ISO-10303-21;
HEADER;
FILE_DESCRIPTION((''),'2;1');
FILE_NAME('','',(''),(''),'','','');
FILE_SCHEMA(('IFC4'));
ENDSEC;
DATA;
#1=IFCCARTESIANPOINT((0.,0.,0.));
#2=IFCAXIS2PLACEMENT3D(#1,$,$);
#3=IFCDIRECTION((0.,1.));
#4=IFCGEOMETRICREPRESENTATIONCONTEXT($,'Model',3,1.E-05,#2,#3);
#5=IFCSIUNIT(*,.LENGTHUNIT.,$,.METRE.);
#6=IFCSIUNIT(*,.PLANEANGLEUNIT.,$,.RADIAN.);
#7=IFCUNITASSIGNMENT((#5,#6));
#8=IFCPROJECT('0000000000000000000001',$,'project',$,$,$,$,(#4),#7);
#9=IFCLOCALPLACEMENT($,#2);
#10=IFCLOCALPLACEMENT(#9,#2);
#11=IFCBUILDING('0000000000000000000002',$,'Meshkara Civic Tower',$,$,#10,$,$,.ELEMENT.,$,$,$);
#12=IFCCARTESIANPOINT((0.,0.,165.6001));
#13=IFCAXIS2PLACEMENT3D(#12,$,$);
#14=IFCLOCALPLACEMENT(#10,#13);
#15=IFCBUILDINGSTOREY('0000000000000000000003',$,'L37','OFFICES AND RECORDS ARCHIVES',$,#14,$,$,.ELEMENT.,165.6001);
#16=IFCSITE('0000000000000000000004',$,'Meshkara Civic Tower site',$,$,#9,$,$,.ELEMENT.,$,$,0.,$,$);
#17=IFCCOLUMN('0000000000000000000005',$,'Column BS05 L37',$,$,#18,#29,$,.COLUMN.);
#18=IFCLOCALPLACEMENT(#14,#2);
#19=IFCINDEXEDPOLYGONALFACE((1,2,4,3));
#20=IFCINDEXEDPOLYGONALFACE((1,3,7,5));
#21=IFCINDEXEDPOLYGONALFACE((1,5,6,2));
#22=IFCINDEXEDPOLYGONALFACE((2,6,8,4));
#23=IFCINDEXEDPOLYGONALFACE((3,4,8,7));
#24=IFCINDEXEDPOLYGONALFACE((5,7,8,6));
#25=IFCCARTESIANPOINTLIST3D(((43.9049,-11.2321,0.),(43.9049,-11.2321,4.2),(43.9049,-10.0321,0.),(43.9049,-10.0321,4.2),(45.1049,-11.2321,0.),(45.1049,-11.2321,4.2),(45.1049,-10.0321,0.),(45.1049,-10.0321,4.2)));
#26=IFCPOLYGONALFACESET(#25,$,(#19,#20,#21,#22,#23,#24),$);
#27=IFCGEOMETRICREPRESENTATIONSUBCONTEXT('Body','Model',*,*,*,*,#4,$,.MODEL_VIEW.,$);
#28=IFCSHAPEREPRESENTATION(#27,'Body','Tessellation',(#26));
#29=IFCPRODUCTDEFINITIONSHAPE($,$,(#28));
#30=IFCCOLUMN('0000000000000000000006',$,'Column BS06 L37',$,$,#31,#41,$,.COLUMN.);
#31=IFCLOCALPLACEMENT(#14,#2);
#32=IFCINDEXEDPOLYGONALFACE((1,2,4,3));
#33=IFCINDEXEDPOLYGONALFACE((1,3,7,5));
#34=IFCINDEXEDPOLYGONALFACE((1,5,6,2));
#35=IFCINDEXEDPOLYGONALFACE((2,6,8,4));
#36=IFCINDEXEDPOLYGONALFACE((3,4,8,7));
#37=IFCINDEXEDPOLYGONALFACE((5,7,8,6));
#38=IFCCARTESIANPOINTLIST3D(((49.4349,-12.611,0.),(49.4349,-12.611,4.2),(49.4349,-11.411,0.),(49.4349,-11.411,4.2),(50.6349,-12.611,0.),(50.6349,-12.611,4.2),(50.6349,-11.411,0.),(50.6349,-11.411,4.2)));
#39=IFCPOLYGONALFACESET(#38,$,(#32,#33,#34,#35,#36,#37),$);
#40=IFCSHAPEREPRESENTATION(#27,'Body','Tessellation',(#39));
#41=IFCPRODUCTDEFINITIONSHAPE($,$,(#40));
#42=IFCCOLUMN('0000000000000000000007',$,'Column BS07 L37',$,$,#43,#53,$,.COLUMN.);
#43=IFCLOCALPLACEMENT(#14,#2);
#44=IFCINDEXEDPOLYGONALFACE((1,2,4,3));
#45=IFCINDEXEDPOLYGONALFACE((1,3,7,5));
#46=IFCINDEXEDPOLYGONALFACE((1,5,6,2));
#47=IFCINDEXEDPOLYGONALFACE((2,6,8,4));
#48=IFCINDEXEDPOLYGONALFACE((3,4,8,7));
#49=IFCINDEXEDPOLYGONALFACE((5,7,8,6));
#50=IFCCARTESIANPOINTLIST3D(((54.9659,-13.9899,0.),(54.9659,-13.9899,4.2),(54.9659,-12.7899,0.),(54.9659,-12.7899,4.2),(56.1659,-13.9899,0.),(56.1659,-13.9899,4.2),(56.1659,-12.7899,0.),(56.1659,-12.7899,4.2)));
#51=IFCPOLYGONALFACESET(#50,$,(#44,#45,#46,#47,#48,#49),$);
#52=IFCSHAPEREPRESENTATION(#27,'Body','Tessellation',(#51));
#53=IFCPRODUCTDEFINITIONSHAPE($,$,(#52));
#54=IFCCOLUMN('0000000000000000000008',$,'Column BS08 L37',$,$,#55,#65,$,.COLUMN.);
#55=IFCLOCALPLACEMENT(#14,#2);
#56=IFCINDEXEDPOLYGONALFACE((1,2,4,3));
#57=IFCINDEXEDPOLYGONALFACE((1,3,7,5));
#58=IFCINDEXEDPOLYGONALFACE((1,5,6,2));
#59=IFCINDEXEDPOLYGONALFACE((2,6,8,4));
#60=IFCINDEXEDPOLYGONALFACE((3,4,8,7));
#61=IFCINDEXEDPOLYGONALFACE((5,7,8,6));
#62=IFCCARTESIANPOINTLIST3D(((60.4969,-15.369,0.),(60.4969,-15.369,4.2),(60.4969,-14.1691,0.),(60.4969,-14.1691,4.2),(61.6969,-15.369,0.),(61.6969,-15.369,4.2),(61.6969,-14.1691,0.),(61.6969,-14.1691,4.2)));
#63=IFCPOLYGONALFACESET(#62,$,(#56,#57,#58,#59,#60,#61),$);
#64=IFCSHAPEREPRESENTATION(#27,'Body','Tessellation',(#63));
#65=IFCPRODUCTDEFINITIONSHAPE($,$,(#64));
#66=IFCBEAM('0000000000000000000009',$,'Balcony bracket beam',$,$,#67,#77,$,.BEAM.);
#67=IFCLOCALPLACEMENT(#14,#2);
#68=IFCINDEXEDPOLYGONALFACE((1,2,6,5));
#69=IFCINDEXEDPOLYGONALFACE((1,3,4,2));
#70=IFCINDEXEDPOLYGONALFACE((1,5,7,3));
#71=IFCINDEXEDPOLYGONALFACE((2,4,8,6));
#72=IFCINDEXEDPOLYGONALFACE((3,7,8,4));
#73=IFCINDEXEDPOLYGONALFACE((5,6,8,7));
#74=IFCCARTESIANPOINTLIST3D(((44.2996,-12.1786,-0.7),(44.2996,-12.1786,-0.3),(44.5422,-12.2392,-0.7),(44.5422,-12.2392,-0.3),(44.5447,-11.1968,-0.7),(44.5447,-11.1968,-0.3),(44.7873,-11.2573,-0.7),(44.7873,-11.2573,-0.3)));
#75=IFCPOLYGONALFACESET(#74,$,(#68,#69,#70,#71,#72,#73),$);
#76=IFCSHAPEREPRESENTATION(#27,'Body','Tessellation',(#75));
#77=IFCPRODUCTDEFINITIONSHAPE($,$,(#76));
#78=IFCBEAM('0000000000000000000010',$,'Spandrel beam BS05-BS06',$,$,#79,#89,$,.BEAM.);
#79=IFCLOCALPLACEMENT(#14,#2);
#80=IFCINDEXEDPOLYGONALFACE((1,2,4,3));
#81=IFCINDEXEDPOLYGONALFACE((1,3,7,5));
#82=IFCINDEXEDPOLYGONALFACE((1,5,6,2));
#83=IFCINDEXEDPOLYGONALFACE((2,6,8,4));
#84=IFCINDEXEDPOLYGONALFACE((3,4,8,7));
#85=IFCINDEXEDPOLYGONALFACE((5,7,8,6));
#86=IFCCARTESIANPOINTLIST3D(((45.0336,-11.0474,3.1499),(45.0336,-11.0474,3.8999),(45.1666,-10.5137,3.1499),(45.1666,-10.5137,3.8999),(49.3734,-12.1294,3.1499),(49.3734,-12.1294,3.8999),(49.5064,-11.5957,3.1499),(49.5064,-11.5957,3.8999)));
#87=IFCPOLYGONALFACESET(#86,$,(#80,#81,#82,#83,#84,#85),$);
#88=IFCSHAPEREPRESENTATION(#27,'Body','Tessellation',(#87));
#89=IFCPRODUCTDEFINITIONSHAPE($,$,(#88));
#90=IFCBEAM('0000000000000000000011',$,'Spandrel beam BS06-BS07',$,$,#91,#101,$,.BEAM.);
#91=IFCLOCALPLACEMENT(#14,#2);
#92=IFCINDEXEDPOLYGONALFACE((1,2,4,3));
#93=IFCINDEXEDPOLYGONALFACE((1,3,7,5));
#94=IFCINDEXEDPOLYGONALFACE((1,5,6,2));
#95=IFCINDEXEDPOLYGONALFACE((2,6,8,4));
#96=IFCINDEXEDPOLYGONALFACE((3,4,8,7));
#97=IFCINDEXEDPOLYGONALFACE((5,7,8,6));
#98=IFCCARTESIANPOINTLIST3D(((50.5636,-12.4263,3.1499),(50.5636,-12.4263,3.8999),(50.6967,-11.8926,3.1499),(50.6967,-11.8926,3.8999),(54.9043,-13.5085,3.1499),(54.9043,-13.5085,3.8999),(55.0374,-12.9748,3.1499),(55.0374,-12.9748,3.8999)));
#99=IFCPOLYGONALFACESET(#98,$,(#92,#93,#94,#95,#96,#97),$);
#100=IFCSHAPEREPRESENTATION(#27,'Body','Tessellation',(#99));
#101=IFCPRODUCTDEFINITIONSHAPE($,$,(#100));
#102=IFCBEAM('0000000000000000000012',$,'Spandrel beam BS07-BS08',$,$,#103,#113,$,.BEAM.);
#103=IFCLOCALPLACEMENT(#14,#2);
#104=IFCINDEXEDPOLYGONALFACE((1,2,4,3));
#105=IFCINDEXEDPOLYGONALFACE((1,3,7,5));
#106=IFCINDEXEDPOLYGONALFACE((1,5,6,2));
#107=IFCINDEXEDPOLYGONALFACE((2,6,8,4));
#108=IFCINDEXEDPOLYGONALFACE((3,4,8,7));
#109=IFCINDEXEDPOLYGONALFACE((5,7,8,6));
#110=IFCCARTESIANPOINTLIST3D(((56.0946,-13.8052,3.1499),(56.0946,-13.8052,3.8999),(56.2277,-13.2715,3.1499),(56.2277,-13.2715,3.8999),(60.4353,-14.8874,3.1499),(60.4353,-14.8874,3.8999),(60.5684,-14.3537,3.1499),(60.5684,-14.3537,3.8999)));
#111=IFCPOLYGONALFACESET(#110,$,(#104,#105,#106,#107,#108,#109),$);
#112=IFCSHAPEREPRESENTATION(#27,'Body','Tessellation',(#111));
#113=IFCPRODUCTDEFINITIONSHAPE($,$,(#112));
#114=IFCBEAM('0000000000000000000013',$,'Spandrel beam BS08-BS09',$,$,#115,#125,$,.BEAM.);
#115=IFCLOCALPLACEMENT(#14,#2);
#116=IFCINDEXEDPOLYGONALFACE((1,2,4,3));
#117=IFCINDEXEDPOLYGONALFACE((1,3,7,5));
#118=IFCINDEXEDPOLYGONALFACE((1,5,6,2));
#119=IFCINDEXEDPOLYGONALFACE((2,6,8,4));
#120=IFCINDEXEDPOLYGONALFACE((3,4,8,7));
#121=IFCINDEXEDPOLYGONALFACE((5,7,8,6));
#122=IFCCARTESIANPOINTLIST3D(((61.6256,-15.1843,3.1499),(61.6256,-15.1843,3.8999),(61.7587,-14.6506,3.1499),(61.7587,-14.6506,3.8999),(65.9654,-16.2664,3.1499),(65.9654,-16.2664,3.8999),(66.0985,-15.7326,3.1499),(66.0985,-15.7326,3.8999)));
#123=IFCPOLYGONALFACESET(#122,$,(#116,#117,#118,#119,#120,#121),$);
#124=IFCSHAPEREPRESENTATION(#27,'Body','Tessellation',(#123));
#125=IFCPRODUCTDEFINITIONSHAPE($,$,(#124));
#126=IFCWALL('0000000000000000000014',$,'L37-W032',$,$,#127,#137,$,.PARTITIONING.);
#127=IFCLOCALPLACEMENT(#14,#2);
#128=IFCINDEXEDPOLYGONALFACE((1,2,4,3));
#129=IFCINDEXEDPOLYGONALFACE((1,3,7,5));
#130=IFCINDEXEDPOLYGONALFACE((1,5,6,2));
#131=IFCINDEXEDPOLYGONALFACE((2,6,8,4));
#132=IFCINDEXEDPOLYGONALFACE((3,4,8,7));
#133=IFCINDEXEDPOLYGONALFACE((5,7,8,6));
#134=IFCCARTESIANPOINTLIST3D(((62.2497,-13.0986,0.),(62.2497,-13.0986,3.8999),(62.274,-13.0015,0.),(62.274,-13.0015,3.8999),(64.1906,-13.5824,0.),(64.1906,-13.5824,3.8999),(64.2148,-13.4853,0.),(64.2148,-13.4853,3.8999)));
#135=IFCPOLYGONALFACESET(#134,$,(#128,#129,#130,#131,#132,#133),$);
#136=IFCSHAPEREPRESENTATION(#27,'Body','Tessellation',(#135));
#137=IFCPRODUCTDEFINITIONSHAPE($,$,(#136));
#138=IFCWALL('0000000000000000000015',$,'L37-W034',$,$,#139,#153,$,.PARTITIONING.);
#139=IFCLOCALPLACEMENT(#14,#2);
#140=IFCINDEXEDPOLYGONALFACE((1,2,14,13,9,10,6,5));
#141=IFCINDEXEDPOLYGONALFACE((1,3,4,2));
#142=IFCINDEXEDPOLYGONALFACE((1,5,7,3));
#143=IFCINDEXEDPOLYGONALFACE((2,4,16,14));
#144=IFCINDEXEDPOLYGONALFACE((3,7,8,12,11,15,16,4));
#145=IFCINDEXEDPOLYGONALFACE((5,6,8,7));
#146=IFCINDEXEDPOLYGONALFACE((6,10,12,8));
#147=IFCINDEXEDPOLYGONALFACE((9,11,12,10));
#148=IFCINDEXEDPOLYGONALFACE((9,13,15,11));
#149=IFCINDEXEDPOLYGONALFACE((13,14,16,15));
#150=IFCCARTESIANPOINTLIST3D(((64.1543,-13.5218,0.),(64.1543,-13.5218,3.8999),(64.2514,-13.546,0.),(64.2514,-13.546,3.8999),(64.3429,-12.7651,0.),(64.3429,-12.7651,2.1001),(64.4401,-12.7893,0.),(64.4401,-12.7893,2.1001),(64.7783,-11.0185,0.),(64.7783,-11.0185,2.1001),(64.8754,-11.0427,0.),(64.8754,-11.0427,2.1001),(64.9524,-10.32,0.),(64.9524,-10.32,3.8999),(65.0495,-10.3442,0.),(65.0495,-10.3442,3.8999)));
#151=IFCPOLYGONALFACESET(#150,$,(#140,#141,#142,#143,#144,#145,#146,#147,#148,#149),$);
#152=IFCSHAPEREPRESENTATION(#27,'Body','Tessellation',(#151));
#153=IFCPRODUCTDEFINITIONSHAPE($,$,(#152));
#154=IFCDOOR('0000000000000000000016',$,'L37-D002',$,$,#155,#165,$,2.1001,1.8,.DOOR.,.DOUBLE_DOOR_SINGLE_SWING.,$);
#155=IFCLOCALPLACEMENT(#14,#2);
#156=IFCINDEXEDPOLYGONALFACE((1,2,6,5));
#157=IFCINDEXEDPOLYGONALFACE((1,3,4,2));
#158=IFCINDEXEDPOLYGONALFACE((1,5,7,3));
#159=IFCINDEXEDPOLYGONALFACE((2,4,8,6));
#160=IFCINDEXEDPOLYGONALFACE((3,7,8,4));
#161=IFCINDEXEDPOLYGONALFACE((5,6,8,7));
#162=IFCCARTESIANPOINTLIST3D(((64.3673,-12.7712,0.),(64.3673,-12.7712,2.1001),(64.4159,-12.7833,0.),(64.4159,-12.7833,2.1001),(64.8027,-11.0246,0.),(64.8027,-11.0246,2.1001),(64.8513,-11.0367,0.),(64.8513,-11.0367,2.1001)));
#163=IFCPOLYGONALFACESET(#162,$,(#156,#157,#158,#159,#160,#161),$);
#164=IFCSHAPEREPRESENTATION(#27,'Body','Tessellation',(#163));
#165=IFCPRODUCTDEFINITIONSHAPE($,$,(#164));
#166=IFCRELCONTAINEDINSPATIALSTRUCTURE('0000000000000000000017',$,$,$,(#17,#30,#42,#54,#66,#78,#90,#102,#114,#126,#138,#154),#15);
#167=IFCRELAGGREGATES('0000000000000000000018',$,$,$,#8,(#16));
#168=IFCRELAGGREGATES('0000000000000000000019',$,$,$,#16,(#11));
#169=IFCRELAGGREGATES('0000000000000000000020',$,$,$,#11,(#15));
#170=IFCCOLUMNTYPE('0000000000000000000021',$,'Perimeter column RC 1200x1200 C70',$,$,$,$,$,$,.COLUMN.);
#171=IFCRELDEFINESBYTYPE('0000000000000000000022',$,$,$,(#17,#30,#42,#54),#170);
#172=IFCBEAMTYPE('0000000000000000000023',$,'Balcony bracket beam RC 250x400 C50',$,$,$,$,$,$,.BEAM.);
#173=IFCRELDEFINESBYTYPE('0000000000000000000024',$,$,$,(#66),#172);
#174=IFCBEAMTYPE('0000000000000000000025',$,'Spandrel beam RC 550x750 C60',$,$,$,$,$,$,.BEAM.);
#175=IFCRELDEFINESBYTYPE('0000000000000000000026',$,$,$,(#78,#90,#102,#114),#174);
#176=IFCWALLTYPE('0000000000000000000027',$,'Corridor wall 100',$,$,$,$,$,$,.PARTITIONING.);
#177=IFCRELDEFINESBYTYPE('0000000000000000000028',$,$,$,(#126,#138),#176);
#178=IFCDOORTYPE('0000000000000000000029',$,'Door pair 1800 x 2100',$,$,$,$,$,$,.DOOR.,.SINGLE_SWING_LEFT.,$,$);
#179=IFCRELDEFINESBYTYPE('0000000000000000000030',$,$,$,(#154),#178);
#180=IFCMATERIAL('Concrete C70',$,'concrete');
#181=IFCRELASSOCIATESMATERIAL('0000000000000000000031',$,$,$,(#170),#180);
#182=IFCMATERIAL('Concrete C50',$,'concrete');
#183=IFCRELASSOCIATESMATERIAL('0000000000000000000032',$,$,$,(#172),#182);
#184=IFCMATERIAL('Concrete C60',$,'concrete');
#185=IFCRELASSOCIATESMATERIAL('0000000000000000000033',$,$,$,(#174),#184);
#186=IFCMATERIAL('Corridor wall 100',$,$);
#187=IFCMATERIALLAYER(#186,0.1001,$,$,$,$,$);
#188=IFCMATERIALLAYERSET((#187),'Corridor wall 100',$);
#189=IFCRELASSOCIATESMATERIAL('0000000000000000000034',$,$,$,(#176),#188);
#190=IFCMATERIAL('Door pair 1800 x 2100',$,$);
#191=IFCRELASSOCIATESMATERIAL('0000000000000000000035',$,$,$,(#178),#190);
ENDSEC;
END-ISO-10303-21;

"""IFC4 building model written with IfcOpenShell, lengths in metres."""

from ifc_helpers import new_model, si_unit, direction, frame, frame_2d, origin, origin_2d, place, context, subcontext, project, spatial, rectangle, extrude, material, layer, layer_set, material_profile, profile_set, type_object, element, fill, save


model = new_model("IFC4")

# Units and contexts
model_context = context("Model", 3, precision=1e-05, world=origin(), true_north=direction((0.0, 1.0)))
body_context = subcontext(model_context, "Body", "Model", "MODEL_VIEW")
ifc_project = project(units=[si_unit("LENGTHUNIT", "METRE"), si_unit("PLANEANGLEUNIT", "RADIAN")], contexts=[model_context])

# Site, building, storey
site_placement = place(None, origin())
site = spatial("IfcSite", under=ifc_project, at=site_placement, Name="Meshkara Civic Tower site", CompositionType="ELEMENT", RefElevation=0.0)
building_placement = place(site_placement, origin())
building = spatial("IfcBuilding", under=site, at=building_placement, Name="Meshkara Civic Tower", CompositionType="ELEMENT")
storey_placement = place(building_placement, frame((0.0, 0.0, 165.6001)))
storey = spatial("IfcBuildingStorey", under=building, at=storey_placement, Name="L37", Description="OFFICES AND RECORDS ARCHIVES", CompositionType="ELEMENT", Elevation=165.6001)

# Columns
ifc_material_1 = material(Name="Concrete C70", Category="concrete")
ifc_material_profile_1 = material_profile(ifc_material_1, rectangle(XDim=1.2, YDim=1.2, at=origin_2d()))
ifc_profile_set_1 = profile_set([ifc_material_profile_1], Name="Concrete C70")
column_type = type_object("IfcColumnType", Name="Perimeter column RC 1200x1200 C70", PredefinedType="COLUMN", material=ifc_profile_set_1)
for number, where, z_axis, x_axis, name in (
    (1, (44.5049, -10.6321, 0.0), (0.0, 0.0, 1.0), (1.0, 0.0, 0.0), "Column BS05 L37"),
    (2, (50.0349, -12.011, 0.0), (0.0, 0.0, 1.0), (1.0, 0.0, 0.0), "Column BS06 L37"),
    (3, (55.5659, -13.3899, 0.0), (0.0, 0.0, 1.0), (1.0, 0.0, 0.0), "Column BS07 L37"),
    (4, (61.0969, -14.769, 0.0), (0.0, 0.0, 1.0), (1.0, 0.0, 0.0), "Column BS08 L37"),
):
    element("IfcColumn", number, at=place(storey_placement, frame(where, z_axis=z_axis, x_axis=x_axis)), inside=storey, type_object=column_type, Name=name, PredefinedType="COLUMN", context=body_context, shape_type="SweptSolid", body=[
        extrude(rectangle(XDim=1.2, YDim=1.2, at=origin_2d()), origin(), (0.0, 0.0, 1.0), 4.2),
    ])

# Beams
ifc_material_2 = material(Name="Concrete C50", Category="concrete")
ifc_material_profile_2 = material_profile(ifc_material_2, rectangle(XDim=0.25, YDim=0.3999, at=origin_2d()))
ifc_profile_set_2 = profile_set([ifc_material_profile_2], Name="Concrete C50")
beam_type_1 = type_object("IfcBeamType", Name="Balcony bracket beam RC 250x400 C50", PredefinedType="BEAM", material=ifc_profile_set_2)
beam_1_placement = place(storey_placement, frame((44.666, -11.2271, -0.5), z_axis=(-0.242195, -0.970228, 0.0), x_axis=(0.970228, -0.242195, 0.0)))
element("IfcBeam", 5, at=beam_1_placement, inside=storey, type_object=beam_type_1, Name="Balcony bracket beam", PredefinedType="BEAM", context=body_context, shape_type="SweptSolid", body=[
    extrude(rectangle(XDim=0.25, YDim=0.3999, at=origin_2d()), origin(), (0.0, 0.0, 1.0), 1.012),
])
ifc_material_3 = material(Name="Concrete C60", Category="concrete")
ifc_material_profile_3 = material_profile(ifc_material_3, rectangle(XDim=0.55, YDim=0.75, at=origin_2d()))
ifc_profile_set_3 = profile_set([ifc_material_profile_3], Name="Concrete C60")
beam_type_2 = type_object("IfcBeamType", Name="Spandrel beam RC 550x750 C60", PredefinedType="BEAM", material=ifc_profile_set_3)
beam_2_placement = place(storey_placement, frame((45.1001, -10.7805, 3.5249), z_axis=(0.970296, -0.241919, 0.0), x_axis=(0.241919, 0.970296, 0.0)))
element("IfcBeam", 6, at=beam_2_placement, inside=storey, type_object=beam_type_2, Name="Spandrel beam BS05-BS06", PredefinedType="BEAM", context=body_context, shape_type="SweptSolid", body=[
    extrude(rectangle(XDim=0.55, YDim=0.75, at=origin_2d()), origin(), (0.0, 0.0, 1.0), 4.4727),
])
for number, where, z_axis, x_axis, name in (
    (7, (50.6301, -12.1594, 3.5249), (0.970296, -0.241919, 0.0), (0.241919, 0.970296, 0.0), "Spandrel beam BS06-BS07"),
    (8, (56.1611, -13.5383, 3.5249), (0.970296, -0.241919, 0.0), (0.241919, 0.970296, 0.0), "Spandrel beam BS07-BS08"),
):
    element("IfcBeam", number, at=place(storey_placement, frame(where, z_axis=z_axis, x_axis=x_axis)), inside=storey, type_object=beam_type_2, Name=name, PredefinedType="BEAM", context=body_context, shape_type="SweptSolid", body=[
        extrude(rectangle(XDim=0.55, YDim=0.75, at=origin_2d()), origin(), (0.0, 0.0, 1.0), 4.4736),
    ])
beam_3_placement = place(storey_placement, frame((61.6921, -14.9175, 3.5249), z_axis=(0.970296, -0.241919, 0.0), x_axis=(0.241919, 0.970296, 0.0)))
element("IfcBeam", 9, at=beam_3_placement, inside=storey, type_object=beam_type_2, Name="Spandrel beam BS08-BS09", PredefinedType="BEAM", context=body_context, shape_type="SweptSolid", body=[
    extrude(rectangle(XDim=0.55, YDim=0.75, at=origin_2d()), origin(), (0.0, 0.0, 1.0), 4.4727),
])

# Wall
ifc_material_4 = material(Name="Corridor wall 100")
ifc_layer_1 = layer(ifc_material_4, 0.1001)
ifc_layer_set_1 = layer_set([ifc_layer_1], Name="Corridor wall 100")
wall_type_1 = type_object("IfcWallType", Name="Corridor wall 100", PredefinedType="PARTITIONING", material=ifc_layer_set_1)
wall_1_placement = place(storey_placement, frame((62.262, -13.05, 0.0), z_axis=(0.0, 0.0, 1.0), x_axis=(0.9703, -0.241904, 0.0)))
element("IfcWall", 10, at=wall_1_placement, inside=storey, type_object=wall_type_1, Name="L37-W032", PredefinedType="PARTITIONING", context=body_context, shape_type="SweptSolid", body=[
    extrude(rectangle(XDim=2.0002, YDim=0.1001, at=frame_2d((1.0, 0.0))), origin(), (0.0, 0.0, 1.0), 3.8999),
])

# Wall, opening, door
wall_2_placement = place(storey_placement, frame((64.2029, -13.5339, 0.0), z_axis=(0.0, 0.0, 1.0), x_axis=(0.241857, 0.970312, 0.0)))
wall_2 = element("IfcWall", 11, at=wall_2_placement, inside=storey, type_object=wall_type_1, Name="L37-W034", PredefinedType="PARTITIONING", context=body_context, shape_type="SweptSolid", body=[
    extrude(rectangle(XDim=3.2998, YDim=0.1001, at=frame_2d((1.6499, 0.0))), origin(), (0.0, 0.0, 1.0), 3.8999),
])
opening_1_placement = place(wall_2_placement, frame((0.78, 0.0, 0.0)))
opening_1 = element("IfcOpeningElement", 12, at=opening_1_placement, cuts=wall_2, PredefinedType="OPENING", context=body_context, shape_type="SweptSolid", body=[
    extrude(rectangle(XDim=1.8, YDim=2.1001, at=frame_2d((0.8999, 1.05))), frame((0.0, 0.0601, 0.0), z_axis=(0.0, -1.0, 0.0), x_axis=(1.0, 0.0, 0.0)), (0.0, 0.0, 1.0), 0.1201),
])
ifc_material_5 = material(Name="Door pair 1800 x 2100")
door_type_1 = type_object("IfcDoorType", Name="Door pair 1800 x 2100", OperationType="SINGLE_SWING_LEFT", PredefinedType="DOOR", material=ifc_material_5)
door_1_placement = place(opening_1_placement, origin())
door_1 = element("IfcDoor", 13, at=door_1_placement, inside=storey, type_object=door_type_1, Name="L37-D002", OperationType="DOUBLE_DOOR_SINGLE_SWING", OverallHeight=2.1001, OverallWidth=1.8, PredefinedType="DOOR", context=body_context, shape_type="SweptSolid", body=[
    extrude(rectangle(XDim=1.8, YDim=2.1001, at=frame_2d((0.8999, 1.05))), frame((0.0, 0.0249, 0.0), z_axis=(0.0, -1.0, 0.0), x_axis=(1.0, 0.0, 0.0)), (0.0, 0.0, 1.0), 0.05),
])
fill(opening_1, door_1)

save(model, "model.ifc")
